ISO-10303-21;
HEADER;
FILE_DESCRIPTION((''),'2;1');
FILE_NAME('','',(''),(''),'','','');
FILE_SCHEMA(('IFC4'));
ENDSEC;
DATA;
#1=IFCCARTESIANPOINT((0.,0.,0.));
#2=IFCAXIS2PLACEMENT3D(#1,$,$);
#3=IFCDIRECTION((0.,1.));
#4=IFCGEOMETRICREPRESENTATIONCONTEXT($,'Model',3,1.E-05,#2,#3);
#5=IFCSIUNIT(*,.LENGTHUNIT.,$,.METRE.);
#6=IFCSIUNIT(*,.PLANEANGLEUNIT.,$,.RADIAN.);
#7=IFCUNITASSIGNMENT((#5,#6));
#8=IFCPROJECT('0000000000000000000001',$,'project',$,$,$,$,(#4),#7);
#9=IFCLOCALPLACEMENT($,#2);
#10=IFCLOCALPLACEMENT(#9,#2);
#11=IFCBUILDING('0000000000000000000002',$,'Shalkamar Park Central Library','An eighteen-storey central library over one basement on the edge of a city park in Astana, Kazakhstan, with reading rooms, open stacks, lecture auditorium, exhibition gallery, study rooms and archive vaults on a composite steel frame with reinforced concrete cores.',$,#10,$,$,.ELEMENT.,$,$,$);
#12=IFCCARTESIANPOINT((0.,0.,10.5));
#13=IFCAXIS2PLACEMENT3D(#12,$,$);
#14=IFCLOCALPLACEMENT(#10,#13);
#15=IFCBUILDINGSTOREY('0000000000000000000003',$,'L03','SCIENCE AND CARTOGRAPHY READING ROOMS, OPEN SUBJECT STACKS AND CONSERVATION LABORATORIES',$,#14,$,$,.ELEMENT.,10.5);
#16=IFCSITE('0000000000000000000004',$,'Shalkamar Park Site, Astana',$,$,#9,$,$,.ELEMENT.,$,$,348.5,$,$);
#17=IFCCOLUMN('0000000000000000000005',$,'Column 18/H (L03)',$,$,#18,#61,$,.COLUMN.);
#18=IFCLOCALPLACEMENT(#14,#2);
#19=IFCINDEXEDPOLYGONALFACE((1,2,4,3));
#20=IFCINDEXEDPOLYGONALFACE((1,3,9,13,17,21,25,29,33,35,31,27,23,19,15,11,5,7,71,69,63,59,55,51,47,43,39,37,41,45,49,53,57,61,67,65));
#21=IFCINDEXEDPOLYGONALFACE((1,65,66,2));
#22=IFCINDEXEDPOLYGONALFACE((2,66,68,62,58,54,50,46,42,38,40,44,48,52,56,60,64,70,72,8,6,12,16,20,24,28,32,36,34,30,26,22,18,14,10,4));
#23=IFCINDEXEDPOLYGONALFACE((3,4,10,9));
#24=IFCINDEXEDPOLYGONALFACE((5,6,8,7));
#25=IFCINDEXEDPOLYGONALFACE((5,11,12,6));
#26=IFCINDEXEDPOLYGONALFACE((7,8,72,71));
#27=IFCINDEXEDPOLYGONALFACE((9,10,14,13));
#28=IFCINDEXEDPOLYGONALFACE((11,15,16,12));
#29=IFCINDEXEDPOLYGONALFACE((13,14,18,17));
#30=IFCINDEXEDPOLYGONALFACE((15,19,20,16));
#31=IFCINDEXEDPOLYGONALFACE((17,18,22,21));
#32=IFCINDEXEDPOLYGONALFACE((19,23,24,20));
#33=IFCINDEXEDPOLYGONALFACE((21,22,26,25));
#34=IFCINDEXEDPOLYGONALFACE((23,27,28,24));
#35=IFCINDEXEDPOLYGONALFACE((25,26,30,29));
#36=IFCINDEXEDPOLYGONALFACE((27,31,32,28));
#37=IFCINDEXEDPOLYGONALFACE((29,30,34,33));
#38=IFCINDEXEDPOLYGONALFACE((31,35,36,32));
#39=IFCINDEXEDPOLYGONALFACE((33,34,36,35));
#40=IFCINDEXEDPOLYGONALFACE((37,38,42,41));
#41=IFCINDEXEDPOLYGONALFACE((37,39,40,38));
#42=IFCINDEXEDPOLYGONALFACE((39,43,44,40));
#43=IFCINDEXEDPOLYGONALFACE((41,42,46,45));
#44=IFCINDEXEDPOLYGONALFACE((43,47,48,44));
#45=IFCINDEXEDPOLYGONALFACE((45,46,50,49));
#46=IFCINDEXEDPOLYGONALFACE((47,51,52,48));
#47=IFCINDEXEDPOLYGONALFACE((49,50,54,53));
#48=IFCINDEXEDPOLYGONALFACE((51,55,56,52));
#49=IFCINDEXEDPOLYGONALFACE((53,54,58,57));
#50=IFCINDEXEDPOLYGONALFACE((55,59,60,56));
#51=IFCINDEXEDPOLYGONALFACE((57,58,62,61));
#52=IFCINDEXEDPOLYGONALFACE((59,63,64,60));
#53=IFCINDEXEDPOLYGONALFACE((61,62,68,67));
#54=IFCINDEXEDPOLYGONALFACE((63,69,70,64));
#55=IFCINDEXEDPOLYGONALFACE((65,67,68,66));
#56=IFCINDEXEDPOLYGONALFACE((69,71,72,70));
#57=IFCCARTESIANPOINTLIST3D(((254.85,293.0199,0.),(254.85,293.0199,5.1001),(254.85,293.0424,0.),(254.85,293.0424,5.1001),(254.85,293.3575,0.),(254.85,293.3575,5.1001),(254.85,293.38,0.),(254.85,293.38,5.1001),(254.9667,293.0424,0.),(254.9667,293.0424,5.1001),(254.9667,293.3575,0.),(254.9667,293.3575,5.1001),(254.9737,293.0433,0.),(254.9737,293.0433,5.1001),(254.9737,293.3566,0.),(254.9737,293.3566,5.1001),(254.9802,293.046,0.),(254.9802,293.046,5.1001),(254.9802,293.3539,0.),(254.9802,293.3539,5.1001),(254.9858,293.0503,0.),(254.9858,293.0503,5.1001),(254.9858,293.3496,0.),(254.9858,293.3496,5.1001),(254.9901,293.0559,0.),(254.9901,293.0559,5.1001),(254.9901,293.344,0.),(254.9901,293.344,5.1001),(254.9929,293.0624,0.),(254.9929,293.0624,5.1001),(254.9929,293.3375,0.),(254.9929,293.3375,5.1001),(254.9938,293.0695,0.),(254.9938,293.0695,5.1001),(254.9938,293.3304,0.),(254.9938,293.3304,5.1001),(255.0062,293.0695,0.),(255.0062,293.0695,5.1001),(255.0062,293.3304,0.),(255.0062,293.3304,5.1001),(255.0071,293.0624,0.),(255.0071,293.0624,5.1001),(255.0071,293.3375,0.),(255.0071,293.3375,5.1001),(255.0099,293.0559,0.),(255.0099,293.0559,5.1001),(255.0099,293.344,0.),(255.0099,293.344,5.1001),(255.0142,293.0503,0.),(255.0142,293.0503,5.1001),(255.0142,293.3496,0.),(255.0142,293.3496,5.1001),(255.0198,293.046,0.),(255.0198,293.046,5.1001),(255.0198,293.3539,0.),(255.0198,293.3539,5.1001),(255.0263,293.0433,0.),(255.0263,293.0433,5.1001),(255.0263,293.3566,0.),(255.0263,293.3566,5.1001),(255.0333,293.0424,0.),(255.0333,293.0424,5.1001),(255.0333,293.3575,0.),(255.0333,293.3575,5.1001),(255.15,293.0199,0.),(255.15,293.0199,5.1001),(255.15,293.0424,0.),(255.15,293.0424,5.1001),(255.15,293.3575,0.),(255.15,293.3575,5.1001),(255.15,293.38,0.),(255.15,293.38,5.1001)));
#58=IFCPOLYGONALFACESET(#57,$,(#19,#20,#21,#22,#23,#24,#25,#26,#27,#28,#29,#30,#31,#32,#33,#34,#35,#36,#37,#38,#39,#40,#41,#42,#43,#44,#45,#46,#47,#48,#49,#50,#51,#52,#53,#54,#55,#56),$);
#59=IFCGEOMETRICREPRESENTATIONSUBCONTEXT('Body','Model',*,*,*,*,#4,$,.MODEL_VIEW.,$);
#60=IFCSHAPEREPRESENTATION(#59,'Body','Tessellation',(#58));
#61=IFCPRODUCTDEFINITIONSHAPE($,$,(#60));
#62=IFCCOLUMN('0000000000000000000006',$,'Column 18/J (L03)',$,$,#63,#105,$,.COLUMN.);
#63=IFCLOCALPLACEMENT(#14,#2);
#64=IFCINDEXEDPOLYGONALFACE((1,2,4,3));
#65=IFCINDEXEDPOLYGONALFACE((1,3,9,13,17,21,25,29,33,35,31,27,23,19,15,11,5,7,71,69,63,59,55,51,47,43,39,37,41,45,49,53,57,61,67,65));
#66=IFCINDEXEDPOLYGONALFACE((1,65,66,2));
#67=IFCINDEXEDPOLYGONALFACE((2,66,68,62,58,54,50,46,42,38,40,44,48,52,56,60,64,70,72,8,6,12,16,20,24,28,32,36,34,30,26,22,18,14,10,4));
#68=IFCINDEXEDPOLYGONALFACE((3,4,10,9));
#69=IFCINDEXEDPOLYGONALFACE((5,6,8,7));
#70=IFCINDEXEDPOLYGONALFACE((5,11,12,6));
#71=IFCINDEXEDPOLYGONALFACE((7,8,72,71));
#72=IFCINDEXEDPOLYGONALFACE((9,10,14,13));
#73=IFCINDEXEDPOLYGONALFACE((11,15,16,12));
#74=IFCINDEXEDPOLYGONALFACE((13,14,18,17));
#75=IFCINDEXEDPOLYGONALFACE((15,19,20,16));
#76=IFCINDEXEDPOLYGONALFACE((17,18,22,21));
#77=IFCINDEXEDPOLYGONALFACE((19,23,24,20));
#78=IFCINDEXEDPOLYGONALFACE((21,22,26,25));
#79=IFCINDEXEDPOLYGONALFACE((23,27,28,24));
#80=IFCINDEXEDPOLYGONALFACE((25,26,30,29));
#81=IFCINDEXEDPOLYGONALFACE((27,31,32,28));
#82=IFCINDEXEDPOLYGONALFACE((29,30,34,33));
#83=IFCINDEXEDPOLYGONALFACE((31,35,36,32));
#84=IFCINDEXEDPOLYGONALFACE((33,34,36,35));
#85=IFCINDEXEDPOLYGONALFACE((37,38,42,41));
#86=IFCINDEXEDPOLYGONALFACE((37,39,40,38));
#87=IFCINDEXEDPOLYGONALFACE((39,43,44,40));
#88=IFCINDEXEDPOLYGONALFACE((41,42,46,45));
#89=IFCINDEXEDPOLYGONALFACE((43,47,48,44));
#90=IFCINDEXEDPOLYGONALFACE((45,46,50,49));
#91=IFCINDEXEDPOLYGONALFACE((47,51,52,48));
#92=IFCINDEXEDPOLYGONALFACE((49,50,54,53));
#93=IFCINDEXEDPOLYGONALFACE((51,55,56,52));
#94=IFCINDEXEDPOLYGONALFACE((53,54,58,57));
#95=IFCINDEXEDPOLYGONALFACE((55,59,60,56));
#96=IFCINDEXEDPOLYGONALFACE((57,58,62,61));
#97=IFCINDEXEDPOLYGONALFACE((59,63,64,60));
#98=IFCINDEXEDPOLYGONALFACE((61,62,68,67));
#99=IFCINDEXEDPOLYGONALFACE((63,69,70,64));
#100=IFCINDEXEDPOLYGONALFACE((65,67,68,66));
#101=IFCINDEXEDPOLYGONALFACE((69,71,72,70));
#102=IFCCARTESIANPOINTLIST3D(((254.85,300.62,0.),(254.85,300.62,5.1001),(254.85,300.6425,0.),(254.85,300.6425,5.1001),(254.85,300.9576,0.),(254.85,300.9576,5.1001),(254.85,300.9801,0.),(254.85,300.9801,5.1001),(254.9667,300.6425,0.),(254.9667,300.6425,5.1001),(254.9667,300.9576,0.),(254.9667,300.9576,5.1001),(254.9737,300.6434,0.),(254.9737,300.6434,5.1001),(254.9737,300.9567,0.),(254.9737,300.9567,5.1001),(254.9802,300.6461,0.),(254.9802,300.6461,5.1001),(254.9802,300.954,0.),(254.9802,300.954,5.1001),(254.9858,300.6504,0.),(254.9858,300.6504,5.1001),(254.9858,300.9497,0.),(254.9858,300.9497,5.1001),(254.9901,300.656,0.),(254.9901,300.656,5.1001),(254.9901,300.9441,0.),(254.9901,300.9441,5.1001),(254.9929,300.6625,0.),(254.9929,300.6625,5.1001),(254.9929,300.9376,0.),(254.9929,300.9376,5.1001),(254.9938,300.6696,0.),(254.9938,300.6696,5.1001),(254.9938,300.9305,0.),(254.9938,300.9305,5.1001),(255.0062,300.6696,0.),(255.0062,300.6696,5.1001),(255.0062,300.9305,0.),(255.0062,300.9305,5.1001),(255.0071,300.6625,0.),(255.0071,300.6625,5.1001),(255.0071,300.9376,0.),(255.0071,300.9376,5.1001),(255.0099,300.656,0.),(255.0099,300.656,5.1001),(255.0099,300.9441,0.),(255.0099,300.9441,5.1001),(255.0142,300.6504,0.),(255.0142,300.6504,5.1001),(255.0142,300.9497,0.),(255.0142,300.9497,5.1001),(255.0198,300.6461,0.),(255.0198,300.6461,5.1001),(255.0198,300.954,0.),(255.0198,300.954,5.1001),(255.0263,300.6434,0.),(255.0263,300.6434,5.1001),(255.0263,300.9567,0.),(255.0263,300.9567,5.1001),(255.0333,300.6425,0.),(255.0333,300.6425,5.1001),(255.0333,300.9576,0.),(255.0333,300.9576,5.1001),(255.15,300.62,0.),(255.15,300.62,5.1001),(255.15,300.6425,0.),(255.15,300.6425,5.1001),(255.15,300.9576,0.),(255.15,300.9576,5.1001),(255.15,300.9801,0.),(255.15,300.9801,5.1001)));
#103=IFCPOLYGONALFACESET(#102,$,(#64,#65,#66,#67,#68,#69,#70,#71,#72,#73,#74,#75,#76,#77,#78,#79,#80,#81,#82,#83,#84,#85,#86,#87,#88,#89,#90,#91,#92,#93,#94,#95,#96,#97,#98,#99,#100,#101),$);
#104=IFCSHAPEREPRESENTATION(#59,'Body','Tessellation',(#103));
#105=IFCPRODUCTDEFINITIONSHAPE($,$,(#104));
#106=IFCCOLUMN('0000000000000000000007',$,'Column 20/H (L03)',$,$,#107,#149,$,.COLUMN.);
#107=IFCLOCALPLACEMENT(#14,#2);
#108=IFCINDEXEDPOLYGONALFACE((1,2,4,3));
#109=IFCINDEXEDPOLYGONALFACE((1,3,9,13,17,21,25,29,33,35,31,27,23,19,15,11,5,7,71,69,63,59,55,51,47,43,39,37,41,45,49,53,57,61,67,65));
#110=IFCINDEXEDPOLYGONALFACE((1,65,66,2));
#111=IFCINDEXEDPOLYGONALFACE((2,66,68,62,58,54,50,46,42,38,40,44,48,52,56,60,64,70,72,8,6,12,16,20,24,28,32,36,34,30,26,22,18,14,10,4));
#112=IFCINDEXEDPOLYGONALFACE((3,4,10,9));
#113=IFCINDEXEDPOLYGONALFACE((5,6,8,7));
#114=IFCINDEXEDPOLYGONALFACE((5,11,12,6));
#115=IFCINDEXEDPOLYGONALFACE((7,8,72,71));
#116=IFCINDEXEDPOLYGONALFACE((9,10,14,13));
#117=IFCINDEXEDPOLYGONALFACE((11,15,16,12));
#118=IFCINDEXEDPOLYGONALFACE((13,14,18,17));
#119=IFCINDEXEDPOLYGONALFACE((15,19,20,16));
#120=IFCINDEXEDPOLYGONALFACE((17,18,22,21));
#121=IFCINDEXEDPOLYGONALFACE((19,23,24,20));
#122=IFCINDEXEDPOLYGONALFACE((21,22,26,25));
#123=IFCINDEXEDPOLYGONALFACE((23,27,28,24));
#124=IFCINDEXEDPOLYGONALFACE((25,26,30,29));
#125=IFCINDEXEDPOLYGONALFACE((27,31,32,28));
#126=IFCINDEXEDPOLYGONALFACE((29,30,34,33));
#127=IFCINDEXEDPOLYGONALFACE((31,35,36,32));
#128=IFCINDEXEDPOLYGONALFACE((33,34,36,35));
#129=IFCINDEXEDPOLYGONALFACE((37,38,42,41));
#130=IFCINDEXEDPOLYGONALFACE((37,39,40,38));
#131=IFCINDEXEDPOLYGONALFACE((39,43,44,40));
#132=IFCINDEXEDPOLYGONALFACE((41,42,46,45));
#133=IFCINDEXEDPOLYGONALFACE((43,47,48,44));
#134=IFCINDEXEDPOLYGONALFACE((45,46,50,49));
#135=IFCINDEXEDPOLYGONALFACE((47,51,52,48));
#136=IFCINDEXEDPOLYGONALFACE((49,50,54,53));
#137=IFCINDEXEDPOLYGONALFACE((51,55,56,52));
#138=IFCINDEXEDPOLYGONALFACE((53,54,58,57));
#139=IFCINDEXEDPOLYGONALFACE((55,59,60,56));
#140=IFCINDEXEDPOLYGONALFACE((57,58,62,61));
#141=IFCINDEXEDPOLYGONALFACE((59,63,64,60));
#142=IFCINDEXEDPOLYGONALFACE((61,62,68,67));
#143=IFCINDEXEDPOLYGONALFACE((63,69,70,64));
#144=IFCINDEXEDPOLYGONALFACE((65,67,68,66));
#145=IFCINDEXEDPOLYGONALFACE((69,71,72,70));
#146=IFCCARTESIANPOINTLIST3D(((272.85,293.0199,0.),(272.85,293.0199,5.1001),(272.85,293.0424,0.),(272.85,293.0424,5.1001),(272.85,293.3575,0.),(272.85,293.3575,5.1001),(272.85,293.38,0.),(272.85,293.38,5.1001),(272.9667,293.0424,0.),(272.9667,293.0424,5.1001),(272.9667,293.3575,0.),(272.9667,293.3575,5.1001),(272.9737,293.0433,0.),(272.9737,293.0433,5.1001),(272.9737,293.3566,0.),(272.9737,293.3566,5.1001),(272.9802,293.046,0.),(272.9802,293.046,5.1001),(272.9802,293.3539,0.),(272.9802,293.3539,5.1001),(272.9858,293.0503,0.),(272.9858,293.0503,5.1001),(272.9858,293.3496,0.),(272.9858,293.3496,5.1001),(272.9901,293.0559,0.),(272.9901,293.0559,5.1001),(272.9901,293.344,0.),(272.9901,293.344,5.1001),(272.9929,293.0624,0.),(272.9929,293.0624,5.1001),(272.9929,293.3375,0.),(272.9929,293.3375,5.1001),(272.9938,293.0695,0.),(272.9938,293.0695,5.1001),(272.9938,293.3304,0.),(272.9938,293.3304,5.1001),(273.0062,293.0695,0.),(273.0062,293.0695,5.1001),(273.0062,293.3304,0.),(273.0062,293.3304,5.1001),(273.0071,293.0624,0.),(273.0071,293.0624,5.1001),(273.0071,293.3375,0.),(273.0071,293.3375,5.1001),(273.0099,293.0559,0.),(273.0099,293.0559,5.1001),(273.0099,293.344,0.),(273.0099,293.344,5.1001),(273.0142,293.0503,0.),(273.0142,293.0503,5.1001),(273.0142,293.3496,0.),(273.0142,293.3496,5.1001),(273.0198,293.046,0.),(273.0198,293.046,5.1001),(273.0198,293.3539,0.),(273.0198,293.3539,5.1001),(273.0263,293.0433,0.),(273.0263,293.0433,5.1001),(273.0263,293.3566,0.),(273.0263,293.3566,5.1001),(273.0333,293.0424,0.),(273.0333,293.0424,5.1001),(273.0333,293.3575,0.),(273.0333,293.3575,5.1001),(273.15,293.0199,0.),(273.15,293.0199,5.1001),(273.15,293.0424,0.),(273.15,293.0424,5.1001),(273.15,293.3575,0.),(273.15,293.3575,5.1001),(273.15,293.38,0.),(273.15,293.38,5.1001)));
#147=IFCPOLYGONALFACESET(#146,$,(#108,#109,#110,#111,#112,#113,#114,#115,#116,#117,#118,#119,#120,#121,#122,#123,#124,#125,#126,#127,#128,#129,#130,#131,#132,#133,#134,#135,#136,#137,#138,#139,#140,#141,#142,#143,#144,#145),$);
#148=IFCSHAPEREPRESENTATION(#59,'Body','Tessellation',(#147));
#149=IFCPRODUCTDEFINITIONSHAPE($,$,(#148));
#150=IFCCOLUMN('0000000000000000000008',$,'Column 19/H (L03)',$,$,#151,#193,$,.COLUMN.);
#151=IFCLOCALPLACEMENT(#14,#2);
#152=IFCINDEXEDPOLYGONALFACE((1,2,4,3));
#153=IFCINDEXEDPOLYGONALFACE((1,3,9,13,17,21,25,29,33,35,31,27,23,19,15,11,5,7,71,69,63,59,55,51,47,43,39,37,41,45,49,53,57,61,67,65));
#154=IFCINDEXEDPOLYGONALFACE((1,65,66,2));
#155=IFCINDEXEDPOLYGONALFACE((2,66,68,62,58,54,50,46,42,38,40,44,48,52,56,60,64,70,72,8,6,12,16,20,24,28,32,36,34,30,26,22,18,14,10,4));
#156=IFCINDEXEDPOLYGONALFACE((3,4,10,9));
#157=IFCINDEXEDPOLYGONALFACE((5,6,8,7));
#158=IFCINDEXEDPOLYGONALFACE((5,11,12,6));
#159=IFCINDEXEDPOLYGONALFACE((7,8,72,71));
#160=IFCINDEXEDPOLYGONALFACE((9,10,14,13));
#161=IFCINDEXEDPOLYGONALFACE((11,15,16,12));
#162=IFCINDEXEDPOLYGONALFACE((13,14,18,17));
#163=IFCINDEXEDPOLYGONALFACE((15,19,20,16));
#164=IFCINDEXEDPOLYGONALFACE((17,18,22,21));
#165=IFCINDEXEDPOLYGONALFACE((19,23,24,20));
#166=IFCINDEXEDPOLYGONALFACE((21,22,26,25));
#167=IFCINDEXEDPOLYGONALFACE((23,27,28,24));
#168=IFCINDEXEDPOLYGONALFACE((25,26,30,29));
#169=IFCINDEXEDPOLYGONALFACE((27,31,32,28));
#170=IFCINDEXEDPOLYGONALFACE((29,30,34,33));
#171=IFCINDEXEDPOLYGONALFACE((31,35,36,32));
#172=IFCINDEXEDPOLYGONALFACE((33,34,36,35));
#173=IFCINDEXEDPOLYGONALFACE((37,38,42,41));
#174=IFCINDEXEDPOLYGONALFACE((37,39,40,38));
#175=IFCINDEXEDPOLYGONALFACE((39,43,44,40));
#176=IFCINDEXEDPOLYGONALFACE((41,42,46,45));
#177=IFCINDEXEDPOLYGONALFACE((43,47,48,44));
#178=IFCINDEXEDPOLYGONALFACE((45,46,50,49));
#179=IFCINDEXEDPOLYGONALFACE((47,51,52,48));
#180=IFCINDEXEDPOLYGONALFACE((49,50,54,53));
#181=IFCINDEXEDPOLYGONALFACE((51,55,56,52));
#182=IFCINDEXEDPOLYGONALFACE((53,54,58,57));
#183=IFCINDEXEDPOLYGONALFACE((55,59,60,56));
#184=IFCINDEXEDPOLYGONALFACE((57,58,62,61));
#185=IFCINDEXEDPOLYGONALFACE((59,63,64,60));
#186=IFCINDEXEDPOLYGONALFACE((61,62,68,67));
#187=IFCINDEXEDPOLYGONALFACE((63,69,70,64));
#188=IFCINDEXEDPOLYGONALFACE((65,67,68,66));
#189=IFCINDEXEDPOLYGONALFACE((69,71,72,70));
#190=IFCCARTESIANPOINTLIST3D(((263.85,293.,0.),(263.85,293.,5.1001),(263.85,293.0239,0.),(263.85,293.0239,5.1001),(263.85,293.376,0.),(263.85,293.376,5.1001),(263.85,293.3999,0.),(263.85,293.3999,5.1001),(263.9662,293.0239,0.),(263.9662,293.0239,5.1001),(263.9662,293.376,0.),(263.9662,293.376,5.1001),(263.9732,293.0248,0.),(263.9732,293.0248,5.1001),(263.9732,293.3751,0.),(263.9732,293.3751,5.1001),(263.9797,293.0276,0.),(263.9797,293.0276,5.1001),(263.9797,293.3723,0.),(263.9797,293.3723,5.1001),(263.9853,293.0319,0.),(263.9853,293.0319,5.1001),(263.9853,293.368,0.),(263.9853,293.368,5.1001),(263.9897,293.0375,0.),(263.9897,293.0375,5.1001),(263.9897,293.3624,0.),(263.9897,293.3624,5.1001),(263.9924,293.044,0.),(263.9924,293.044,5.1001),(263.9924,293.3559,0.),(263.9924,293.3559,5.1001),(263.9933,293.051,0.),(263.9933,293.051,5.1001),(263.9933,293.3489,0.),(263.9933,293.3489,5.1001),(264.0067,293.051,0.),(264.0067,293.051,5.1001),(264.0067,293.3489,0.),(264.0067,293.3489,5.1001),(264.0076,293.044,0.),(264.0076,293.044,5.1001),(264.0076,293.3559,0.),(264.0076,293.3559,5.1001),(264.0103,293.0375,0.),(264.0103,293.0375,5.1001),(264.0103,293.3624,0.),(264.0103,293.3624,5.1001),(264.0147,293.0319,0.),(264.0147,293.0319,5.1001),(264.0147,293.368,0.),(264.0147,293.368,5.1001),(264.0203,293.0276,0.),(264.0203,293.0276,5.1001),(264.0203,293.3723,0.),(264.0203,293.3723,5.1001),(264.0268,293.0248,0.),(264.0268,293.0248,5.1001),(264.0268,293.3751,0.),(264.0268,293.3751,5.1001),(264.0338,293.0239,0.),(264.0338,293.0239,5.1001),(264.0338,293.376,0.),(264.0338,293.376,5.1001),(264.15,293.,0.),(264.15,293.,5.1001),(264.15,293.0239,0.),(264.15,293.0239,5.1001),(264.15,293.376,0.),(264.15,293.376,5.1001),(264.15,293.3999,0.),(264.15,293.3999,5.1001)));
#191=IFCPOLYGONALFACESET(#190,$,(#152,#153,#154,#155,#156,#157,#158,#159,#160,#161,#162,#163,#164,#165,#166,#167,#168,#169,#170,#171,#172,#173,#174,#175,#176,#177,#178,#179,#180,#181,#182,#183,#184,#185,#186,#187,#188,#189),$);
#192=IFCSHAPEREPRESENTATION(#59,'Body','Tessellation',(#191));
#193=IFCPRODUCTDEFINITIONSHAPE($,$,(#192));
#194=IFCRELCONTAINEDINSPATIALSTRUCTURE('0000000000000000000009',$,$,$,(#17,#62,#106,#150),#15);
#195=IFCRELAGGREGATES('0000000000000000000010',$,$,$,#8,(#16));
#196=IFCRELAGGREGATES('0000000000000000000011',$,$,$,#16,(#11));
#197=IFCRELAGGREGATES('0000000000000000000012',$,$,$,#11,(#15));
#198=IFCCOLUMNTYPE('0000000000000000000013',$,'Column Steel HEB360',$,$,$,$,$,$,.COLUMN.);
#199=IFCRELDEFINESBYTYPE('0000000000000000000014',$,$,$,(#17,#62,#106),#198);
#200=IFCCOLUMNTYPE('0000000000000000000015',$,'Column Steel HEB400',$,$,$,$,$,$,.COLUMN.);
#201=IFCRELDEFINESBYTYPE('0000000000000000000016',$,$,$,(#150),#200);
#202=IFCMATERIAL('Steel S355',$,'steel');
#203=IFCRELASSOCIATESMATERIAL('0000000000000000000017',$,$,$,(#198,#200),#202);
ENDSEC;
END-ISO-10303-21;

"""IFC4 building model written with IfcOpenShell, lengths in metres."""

from ifc_helpers import new_model, si_unit, direction, frame, origin, origin_2d, place, context, subcontext, project, spatial, i_section, extrude, material, material_profile, profile_set, type_object, element, save


model = new_model("IFC4")

# Units and contexts
model_context = context("Model", 3, precision=1e-05, world=origin(), true_north=direction((0.0, 1.0)))
body_context = subcontext(model_context, "Body", "Model", "MODEL_VIEW")
ifc_project = project(units=[si_unit("LENGTHUNIT", "METRE"), si_unit("PLANEANGLEUNIT", "RADIAN")], contexts=[model_context])

# Site, building, storey
site_placement = place(None, origin())
site = spatial("IfcSite", under=ifc_project, at=site_placement, Name="Shalkamar Park Site, Astana", CompositionType="ELEMENT", RefElevation=348.5)
building_placement = place(site_placement, origin())
building = spatial("IfcBuilding", under=site, at=building_placement, Name="Shalkamar Park Central Library", Description="An eighteen-storey central library over one basement on the edge of a city park in Astana, Kazakhstan, with reading rooms, open stacks, lecture auditorium, exhibition gallery, study rooms and archive vaults on a composite steel frame with reinforced concrete cores.", CompositionType="ELEMENT")
storey_placement = place(building_placement, frame((0.0, 0.0, 10.5)))
storey = spatial("IfcBuildingStorey", under=building, at=storey_placement, Name="L03", Description="SCIENCE AND CARTOGRAPHY READING ROOMS, OPEN SUBJECT STACKS AND CONSERVATION LABORATORIES", CompositionType="ELEMENT", Elevation=10.5)

# Columns
ifc_material_1 = material(Name="Steel S355", Category="steel")
ifc_material_profile_1 = material_profile(ifc_material_1, i_section(OverallWidth=0.3, OverallDepth=0.3601, WebThickness=0.0125, FlangeThickness=0.0225, FilletRadius=0.0271, at=origin_2d()), Name="HEB 360")
ifc_profile_set_1 = profile_set([ifc_material_profile_1], Name="Steel S355")
column_type_1 = type_object("IfcColumnType", Name="Column Steel HEB360", PredefinedType="COLUMN", material=ifc_profile_set_1)
for number, where, z_axis, x_axis, name in (
    (1, (255.0, 293.2, 0.0), (0.0, 0.0, 1.0), (1.0, 0.0, 0.0), "Column 18/H (L03)"),
    (2, (255.0, 300.8, 0.0), (0.0, 0.0, 1.0), (1.0, 0.0, 0.0), "Column 18/J (L03)"),
    (3, (273.0, 293.2, 0.0), (0.0, 0.0, 1.0), (1.0, 0.0, 0.0), "Column 20/H (L03)"),
):
    element("IfcColumn", number, at=place(storey_placement, frame(where, z_axis=z_axis, x_axis=x_axis)), inside=storey, type_object=column_type_1, Name=name, PredefinedType="COLUMN", context=body_context, shape_type="SweptSolid", body=[
        extrude(i_section(OverallWidth=0.3, OverallDepth=0.3601, WebThickness=0.0125, FlangeThickness=0.0225, FilletRadius=0.0271, at=origin_2d()), origin(), (0.0, 0.0, 1.0), 5.1001),
    ])
ifc_material_profile_2 = material_profile(ifc_material_1, i_section(OverallWidth=0.3, OverallDepth=0.3999, WebThickness=0.0134, FlangeThickness=0.0239, FilletRadius=0.0271, at=origin_2d()), Name="HEB 400")
ifc_profile_set_2 = profile_set([ifc_material_profile_2], Name="Steel S355")
column_type_2 = type_object("IfcColumnType", Name="Column Steel HEB400", PredefinedType="COLUMN", material=ifc_profile_set_2)
column_placement = place(storey_placement, frame((264.0, 293.2, 0.0), z_axis=(0.0, 0.0, 1.0), x_axis=(1.0, 0.0, 0.0)))
element("IfcColumn", 4, at=column_placement, inside=storey, type_object=column_type_2, Name="Column 19/H (L03)", PredefinedType="COLUMN", context=body_context, shape_type="SweptSolid", body=[
    extrude(i_section(OverallWidth=0.3, OverallDepth=0.3999, WebThickness=0.0134, FlangeThickness=0.0239, FilletRadius=0.0271, at=origin_2d()), origin(), (0.0, 0.0, 1.0), 5.1001),
])

save(model, "model.ifc")
